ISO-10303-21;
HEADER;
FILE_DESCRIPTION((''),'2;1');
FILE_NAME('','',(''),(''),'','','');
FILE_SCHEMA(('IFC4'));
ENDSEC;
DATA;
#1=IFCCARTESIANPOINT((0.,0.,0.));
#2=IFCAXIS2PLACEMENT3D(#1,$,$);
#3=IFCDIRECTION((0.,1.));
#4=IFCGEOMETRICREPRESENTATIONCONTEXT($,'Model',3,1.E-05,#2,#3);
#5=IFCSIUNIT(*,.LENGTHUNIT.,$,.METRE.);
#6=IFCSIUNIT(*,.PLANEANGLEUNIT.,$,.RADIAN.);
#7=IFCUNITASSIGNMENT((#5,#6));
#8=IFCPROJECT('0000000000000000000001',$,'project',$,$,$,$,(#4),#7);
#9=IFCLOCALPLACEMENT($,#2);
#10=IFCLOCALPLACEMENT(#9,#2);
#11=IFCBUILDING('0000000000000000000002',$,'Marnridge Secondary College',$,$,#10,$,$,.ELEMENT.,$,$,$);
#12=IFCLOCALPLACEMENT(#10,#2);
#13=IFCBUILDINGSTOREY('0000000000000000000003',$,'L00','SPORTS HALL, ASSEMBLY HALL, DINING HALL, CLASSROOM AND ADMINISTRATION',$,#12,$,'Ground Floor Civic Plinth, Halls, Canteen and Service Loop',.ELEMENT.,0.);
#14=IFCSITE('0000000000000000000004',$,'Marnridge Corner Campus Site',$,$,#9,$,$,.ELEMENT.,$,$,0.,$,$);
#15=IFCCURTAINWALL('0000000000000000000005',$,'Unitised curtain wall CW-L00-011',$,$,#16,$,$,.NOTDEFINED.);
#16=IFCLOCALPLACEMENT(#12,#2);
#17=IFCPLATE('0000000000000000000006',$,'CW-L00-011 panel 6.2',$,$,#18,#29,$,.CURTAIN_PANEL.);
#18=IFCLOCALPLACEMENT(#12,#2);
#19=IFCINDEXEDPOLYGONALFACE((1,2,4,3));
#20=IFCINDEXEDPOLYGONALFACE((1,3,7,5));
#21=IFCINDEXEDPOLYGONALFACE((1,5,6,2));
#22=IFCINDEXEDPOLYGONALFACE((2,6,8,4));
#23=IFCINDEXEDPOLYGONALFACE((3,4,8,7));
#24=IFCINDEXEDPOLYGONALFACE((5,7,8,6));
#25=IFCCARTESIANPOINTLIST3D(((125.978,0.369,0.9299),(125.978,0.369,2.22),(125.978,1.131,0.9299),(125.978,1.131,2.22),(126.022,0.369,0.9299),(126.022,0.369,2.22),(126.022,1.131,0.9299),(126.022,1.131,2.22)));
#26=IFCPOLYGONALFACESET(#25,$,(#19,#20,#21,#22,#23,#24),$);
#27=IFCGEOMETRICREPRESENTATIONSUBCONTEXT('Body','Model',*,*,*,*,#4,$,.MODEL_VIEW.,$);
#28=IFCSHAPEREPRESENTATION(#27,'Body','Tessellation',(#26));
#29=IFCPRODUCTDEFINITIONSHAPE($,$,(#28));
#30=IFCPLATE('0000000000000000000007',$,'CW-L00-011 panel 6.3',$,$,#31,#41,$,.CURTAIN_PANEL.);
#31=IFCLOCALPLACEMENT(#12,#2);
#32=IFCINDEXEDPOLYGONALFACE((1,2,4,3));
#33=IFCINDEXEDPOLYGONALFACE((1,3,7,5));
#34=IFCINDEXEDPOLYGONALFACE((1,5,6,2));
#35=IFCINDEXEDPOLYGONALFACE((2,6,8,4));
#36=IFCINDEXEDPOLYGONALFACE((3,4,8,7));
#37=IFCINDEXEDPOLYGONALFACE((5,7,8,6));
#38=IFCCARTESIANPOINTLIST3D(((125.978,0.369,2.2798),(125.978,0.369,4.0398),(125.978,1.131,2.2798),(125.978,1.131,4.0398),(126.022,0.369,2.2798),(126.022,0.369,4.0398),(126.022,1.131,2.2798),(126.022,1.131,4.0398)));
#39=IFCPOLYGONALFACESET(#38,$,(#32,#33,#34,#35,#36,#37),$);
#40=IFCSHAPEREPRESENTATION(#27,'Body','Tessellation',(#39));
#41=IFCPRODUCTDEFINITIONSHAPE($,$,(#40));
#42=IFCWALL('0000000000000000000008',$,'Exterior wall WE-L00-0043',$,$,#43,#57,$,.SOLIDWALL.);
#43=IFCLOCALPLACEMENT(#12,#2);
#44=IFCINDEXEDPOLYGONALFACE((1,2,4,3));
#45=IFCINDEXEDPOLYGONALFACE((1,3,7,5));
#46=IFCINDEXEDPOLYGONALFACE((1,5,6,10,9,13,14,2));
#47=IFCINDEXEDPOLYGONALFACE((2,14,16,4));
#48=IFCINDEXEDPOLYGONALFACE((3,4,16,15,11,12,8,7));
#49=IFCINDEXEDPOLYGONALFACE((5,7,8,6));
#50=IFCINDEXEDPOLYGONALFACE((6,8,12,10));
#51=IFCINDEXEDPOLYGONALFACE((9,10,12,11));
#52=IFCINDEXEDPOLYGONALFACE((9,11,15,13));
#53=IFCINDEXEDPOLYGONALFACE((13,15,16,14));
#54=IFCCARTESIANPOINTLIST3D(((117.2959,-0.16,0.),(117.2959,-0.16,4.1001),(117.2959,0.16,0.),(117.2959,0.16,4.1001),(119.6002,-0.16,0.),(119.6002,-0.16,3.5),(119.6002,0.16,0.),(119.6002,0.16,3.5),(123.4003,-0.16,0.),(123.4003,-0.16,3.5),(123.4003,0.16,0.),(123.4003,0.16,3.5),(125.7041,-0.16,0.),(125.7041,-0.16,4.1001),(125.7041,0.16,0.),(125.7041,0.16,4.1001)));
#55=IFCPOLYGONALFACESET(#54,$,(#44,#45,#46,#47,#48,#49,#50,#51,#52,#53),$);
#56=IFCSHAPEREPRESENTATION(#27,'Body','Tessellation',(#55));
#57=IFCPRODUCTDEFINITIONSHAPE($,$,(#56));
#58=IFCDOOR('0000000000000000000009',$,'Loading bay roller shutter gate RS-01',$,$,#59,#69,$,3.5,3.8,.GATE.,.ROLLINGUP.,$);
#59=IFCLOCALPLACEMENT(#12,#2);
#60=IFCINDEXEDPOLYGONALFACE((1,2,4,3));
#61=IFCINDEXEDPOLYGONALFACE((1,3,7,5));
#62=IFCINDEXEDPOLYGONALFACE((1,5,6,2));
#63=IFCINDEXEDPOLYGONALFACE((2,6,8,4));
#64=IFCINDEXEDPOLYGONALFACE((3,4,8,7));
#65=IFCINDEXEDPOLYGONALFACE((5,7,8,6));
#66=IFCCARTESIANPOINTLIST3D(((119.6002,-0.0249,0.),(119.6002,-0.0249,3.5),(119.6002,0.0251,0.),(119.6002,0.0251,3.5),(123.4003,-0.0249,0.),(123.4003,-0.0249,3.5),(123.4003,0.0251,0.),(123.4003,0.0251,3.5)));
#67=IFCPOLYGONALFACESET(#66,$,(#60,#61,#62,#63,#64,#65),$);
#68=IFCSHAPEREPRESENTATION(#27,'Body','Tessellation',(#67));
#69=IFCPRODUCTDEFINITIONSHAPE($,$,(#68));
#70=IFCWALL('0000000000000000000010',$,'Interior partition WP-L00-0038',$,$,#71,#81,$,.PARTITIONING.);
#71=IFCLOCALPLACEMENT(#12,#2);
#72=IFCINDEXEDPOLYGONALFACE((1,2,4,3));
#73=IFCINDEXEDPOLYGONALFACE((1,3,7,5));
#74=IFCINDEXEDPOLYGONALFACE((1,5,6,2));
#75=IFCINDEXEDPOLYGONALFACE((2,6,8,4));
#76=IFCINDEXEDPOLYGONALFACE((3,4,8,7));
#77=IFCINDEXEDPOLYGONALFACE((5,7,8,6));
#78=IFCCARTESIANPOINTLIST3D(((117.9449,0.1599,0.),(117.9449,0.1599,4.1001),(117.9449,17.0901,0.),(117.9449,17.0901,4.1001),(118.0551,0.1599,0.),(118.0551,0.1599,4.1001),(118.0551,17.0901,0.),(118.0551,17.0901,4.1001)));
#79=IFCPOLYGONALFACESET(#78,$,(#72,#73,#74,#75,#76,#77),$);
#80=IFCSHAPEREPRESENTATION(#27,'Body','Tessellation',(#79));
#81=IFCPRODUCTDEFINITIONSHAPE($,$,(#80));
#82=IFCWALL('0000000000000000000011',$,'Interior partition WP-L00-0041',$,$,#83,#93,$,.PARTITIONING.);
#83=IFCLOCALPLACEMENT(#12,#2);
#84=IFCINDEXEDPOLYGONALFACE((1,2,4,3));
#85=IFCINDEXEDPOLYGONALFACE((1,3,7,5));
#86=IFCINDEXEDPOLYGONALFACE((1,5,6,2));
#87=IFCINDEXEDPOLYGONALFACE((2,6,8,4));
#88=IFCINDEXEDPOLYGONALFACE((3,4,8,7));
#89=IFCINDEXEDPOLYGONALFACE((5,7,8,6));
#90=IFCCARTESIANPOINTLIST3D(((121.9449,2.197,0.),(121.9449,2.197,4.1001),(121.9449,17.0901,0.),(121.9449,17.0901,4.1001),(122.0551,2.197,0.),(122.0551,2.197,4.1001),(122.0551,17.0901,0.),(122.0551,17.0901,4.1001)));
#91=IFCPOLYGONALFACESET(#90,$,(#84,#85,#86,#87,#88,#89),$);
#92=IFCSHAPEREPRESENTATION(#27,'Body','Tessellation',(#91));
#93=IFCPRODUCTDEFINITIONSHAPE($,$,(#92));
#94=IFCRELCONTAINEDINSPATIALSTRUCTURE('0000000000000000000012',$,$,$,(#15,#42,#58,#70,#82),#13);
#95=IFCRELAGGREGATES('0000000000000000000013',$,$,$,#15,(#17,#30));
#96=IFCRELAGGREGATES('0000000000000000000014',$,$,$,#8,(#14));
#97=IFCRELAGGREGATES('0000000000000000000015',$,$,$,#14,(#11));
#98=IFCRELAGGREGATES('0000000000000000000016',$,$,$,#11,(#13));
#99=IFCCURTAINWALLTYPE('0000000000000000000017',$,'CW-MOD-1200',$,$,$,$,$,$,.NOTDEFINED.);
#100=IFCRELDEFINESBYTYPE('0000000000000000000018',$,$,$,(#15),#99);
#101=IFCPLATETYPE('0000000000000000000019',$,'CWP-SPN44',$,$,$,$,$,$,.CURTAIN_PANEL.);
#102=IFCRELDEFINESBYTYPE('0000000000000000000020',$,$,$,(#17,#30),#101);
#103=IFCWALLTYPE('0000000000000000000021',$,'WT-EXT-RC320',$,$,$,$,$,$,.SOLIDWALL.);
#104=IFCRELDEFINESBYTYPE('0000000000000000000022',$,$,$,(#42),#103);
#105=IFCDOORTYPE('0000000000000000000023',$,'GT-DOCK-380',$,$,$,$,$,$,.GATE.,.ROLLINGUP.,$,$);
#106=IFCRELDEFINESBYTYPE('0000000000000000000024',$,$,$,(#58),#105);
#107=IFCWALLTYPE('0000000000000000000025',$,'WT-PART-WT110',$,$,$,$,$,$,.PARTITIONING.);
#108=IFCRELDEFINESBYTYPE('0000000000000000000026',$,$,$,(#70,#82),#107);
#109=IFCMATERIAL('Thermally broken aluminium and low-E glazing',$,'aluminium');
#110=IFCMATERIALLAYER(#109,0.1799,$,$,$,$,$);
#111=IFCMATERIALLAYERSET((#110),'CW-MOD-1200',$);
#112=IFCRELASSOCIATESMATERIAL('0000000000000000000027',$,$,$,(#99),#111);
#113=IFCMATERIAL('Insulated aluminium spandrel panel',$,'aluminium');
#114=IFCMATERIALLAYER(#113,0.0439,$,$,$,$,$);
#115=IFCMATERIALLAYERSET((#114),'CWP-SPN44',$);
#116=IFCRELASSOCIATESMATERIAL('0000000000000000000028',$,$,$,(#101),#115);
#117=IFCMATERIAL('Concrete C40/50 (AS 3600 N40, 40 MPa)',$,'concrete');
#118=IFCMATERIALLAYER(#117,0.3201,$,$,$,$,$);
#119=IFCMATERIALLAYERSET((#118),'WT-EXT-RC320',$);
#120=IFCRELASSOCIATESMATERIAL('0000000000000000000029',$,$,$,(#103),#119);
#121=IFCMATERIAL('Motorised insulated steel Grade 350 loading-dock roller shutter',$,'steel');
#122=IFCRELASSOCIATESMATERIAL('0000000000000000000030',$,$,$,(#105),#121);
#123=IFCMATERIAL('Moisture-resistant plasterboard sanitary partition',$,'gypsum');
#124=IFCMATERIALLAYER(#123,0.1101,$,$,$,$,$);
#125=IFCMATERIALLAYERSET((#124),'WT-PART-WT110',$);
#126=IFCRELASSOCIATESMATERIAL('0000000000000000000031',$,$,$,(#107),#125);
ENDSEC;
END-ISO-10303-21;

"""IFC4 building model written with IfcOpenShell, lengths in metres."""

from ifc_helpers import new_model, si_unit, direction, frame, frame_2d, origin, origin_2d, place, context, subcontext, project, spatial, rectangle, extrude, material, layer, layer_set, type_object, element, fill, aggregate, save


model = new_model("IFC4")

# Units and contexts
model_context = context("Model", 3, precision=1e-05, world=origin(), true_north=direction((0.0, 1.0)))
body_context = subcontext(model_context, "Body", "Model", "MODEL_VIEW")
ifc_project = project(units=[si_unit("LENGTHUNIT", "METRE"), si_unit("PLANEANGLEUNIT", "RADIAN")], contexts=[model_context])

# Site, building, storey
site_placement = place(None, origin())
site = spatial("IfcSite", under=ifc_project, at=site_placement, Name="Marnridge Corner Campus Site", CompositionType="ELEMENT", RefElevation=0.0)
building_placement = place(site_placement, origin())
building = spatial("IfcBuilding", under=site, at=building_placement, Name="Marnridge Secondary College", CompositionType="ELEMENT")
storey_placement = place(building_placement, origin())
storey = spatial("IfcBuildingStorey", under=building, at=storey_placement, Name="L00", Description="SPORTS HALL, ASSEMBLY HALL, DINING HALL, CLASSROOM AND ADMINISTRATION", LongName="Ground Floor Civic Plinth, Halls, Canteen and Service Loop", CompositionType="ELEMENT", Elevation=0.0)

# Curtain wall, plates
ifc_material_1 = material(Name="Thermally broken aluminium and low-E glazing", Category="aluminium")
ifc_layer_1 = layer(ifc_material_1, 0.1799)
ifc_layer_set_1 = layer_set([ifc_layer_1], Name="CW-MOD-1200")
curtain_wall_type = type_object("IfcCurtainWallType", Name="CW-MOD-1200", PredefinedType="NOTDEFINED", material=ifc_layer_set_1)
curtain_wall_placement = place(storey_placement, origin())
curtain_wall = element("IfcCurtainWall", 1, at=curtain_wall_placement, inside=storey, type_object=curtain_wall_type, Name="Unitised curtain wall CW-L00-011", PredefinedType="NOTDEFINED")
ifc_material_2 = material(Name="Insulated aluminium spandrel panel", Category="aluminium")
ifc_layer_2 = layer(ifc_material_2, 0.0439)
ifc_layer_set_2 = layer_set([ifc_layer_2], Name="CWP-SPN44")
plate_type = type_object("IfcPlateType", Name="CWP-SPN44", PredefinedType="CURTAIN_PANEL", material=ifc_layer_set_2)
plate_1_placement = place(storey_placement, frame((126.0, 0.75, 0.9299), z_axis=(0.0, 0.0, 1.0), x_axis=(0.0, -1.0, 0.0)))
plate_1 = element("IfcPlate", 2, at=plate_1_placement, type_object=plate_type, Name="CW-L00-011 panel 6.2", PredefinedType="CURTAIN_PANEL", context=body_context, shape_type="SweptSolid", body=[
    extrude(rectangle(XDim=0.762, YDim=0.0439, at=origin_2d()), origin(), (0.0, 0.0, 1.0), 1.29),
])
plate_2_placement = place(storey_placement, frame((126.0, 0.75, 2.2798), z_axis=(0.0, 0.0, 1.0), x_axis=(0.0, -1.0, 0.0)))
plate_2 = element("IfcPlate", 3, at=plate_2_placement, type_object=plate_type, Name="CW-L00-011 panel 6.3", PredefinedType="CURTAIN_PANEL", context=body_context, shape_type="SweptSolid", body=[
    extrude(rectangle(XDim=0.762, YDim=0.0439, at=origin_2d()), origin(), (0.0, 0.0, 1.0), 1.76),
])
aggregate(curtain_wall, [plate_1, plate_2])

# Wall, opening, door
ifc_material_3 = material(Name="Concrete C40/50 (AS 3600 N40, 40 MPa)", Category="concrete")
ifc_layer_3 = layer(ifc_material_3, 0.3201)
ifc_layer_set_3 = layer_set([ifc_layer_3], Name="WT-EXT-RC320")
wall_type_1 = type_object("IfcWallType", Name="WT-EXT-RC320", PredefinedType="SOLIDWALL", material=ifc_layer_set_3)
wall_1_placement = place(storey_placement, frame((125.7041, 0.0, 0.0), z_axis=(0.0, 0.0, 1.0), x_axis=(-1.0, 0.0, 0.0)))
wall_1 = element("IfcWall", 4, at=wall_1_placement, inside=storey, type_object=wall_type_1, Name="Exterior wall WE-L00-0043", PredefinedType="SOLIDWALL", context=body_context, shape_type="SweptSolid", body=[
    extrude(rectangle(XDim=8.4082, YDim=0.3201, at=frame_2d((4.2041, 0.0))), origin(), (0.0, 0.0, 1.0), 4.1001),
])
opening_placement = place(wall_1_placement, frame((2.304, 0.0, 0.0)))
opening = element("IfcOpeningElement", 5, at=opening_placement, cuts=wall_1, PredefinedType="OPENING", context=body_context, shape_type="SweptSolid", body=[
    extrude(rectangle(XDim=3.8, YDim=3.5, at=frame_2d((1.8999, 1.75))), frame((0.0, 0.1699, 0.0), z_axis=(0.0, -1.0, 0.0), x_axis=(1.0, 0.0, 0.0)), (0.0, 0.0, 1.0), 0.3401),
])
ifc_material_4 = material(Name="Motorised insulated steel Grade 350 loading-dock roller shutter", Category="steel")
door_type = type_object("IfcDoorType", Name="GT-DOCK-380", OperationType="ROLLINGUP", PredefinedType="GATE", material=ifc_material_4)
door_placement = place(opening_placement, origin())
door = element("IfcDoor", 6, at=door_placement, inside=storey, type_object=door_type, Name="Loading bay roller shutter gate RS-01", OperationType="ROLLINGUP", OverallHeight=3.5, OverallWidth=3.8, PredefinedType="GATE", context=body_context, shape_type="SweptSolid", body=[
    extrude(rectangle(XDim=3.8, YDim=3.5, at=frame_2d((1.8999, 1.75))), frame((0.0, 0.0249, 0.0), z_axis=(0.0, -1.0, 0.0), x_axis=(1.0, 0.0, 0.0)), (0.0, 0.0, 1.0), 0.05),
])
fill(opening, door)

# Walls
ifc_material_5 = material(Name="Moisture-resistant plasterboard sanitary partition", Category="gypsum")
ifc_layer_4 = layer(ifc_material_5, 0.1101)
ifc_layer_set_4 = layer_set([ifc_layer_4], Name="WT-PART-WT110")
wall_type_2 = type_object("IfcWallType", Name="WT-PART-WT110", PredefinedType="PARTITIONING", material=ifc_layer_set_4)
wall_2_placement = place(storey_placement, frame((118.0, 0.1599, 0.0), z_axis=(0.0, 0.0, 1.0), x_axis=(0.0, 1.0, 0.0)))
element("IfcWall", 7, at=wall_2_placement, inside=storey, type_object=wall_type_2, Name="Interior partition WP-L00-0038", PredefinedType="PARTITIONING", context=body_context, shape_type="SweptSolid", body=[
    extrude(rectangle(XDim=16.9302, YDim=0.1101, at=frame_2d((8.4651, 0.0))), origin(), (0.0, 0.0, 1.0), 4.1001),
])
wall_3_placement = place(storey_placement, frame((122.0, 2.197, 0.0), z_axis=(0.0, 0.0, 1.0), x_axis=(0.0, 1.0, 0.0)))
element("IfcWall", 8, at=wall_3_placement, inside=storey, type_object=wall_type_2, Name="Interior partition WP-L00-0041", PredefinedType="PARTITIONING", context=body_context, shape_type="SweptSolid", body=[
    extrude(rectangle(XDim=14.8931, YDim=0.1101, at=frame_2d((7.4465, 0.0))), origin(), (0.0, 0.0, 1.0), 4.1001),
])

save(model, "model.ifc")
